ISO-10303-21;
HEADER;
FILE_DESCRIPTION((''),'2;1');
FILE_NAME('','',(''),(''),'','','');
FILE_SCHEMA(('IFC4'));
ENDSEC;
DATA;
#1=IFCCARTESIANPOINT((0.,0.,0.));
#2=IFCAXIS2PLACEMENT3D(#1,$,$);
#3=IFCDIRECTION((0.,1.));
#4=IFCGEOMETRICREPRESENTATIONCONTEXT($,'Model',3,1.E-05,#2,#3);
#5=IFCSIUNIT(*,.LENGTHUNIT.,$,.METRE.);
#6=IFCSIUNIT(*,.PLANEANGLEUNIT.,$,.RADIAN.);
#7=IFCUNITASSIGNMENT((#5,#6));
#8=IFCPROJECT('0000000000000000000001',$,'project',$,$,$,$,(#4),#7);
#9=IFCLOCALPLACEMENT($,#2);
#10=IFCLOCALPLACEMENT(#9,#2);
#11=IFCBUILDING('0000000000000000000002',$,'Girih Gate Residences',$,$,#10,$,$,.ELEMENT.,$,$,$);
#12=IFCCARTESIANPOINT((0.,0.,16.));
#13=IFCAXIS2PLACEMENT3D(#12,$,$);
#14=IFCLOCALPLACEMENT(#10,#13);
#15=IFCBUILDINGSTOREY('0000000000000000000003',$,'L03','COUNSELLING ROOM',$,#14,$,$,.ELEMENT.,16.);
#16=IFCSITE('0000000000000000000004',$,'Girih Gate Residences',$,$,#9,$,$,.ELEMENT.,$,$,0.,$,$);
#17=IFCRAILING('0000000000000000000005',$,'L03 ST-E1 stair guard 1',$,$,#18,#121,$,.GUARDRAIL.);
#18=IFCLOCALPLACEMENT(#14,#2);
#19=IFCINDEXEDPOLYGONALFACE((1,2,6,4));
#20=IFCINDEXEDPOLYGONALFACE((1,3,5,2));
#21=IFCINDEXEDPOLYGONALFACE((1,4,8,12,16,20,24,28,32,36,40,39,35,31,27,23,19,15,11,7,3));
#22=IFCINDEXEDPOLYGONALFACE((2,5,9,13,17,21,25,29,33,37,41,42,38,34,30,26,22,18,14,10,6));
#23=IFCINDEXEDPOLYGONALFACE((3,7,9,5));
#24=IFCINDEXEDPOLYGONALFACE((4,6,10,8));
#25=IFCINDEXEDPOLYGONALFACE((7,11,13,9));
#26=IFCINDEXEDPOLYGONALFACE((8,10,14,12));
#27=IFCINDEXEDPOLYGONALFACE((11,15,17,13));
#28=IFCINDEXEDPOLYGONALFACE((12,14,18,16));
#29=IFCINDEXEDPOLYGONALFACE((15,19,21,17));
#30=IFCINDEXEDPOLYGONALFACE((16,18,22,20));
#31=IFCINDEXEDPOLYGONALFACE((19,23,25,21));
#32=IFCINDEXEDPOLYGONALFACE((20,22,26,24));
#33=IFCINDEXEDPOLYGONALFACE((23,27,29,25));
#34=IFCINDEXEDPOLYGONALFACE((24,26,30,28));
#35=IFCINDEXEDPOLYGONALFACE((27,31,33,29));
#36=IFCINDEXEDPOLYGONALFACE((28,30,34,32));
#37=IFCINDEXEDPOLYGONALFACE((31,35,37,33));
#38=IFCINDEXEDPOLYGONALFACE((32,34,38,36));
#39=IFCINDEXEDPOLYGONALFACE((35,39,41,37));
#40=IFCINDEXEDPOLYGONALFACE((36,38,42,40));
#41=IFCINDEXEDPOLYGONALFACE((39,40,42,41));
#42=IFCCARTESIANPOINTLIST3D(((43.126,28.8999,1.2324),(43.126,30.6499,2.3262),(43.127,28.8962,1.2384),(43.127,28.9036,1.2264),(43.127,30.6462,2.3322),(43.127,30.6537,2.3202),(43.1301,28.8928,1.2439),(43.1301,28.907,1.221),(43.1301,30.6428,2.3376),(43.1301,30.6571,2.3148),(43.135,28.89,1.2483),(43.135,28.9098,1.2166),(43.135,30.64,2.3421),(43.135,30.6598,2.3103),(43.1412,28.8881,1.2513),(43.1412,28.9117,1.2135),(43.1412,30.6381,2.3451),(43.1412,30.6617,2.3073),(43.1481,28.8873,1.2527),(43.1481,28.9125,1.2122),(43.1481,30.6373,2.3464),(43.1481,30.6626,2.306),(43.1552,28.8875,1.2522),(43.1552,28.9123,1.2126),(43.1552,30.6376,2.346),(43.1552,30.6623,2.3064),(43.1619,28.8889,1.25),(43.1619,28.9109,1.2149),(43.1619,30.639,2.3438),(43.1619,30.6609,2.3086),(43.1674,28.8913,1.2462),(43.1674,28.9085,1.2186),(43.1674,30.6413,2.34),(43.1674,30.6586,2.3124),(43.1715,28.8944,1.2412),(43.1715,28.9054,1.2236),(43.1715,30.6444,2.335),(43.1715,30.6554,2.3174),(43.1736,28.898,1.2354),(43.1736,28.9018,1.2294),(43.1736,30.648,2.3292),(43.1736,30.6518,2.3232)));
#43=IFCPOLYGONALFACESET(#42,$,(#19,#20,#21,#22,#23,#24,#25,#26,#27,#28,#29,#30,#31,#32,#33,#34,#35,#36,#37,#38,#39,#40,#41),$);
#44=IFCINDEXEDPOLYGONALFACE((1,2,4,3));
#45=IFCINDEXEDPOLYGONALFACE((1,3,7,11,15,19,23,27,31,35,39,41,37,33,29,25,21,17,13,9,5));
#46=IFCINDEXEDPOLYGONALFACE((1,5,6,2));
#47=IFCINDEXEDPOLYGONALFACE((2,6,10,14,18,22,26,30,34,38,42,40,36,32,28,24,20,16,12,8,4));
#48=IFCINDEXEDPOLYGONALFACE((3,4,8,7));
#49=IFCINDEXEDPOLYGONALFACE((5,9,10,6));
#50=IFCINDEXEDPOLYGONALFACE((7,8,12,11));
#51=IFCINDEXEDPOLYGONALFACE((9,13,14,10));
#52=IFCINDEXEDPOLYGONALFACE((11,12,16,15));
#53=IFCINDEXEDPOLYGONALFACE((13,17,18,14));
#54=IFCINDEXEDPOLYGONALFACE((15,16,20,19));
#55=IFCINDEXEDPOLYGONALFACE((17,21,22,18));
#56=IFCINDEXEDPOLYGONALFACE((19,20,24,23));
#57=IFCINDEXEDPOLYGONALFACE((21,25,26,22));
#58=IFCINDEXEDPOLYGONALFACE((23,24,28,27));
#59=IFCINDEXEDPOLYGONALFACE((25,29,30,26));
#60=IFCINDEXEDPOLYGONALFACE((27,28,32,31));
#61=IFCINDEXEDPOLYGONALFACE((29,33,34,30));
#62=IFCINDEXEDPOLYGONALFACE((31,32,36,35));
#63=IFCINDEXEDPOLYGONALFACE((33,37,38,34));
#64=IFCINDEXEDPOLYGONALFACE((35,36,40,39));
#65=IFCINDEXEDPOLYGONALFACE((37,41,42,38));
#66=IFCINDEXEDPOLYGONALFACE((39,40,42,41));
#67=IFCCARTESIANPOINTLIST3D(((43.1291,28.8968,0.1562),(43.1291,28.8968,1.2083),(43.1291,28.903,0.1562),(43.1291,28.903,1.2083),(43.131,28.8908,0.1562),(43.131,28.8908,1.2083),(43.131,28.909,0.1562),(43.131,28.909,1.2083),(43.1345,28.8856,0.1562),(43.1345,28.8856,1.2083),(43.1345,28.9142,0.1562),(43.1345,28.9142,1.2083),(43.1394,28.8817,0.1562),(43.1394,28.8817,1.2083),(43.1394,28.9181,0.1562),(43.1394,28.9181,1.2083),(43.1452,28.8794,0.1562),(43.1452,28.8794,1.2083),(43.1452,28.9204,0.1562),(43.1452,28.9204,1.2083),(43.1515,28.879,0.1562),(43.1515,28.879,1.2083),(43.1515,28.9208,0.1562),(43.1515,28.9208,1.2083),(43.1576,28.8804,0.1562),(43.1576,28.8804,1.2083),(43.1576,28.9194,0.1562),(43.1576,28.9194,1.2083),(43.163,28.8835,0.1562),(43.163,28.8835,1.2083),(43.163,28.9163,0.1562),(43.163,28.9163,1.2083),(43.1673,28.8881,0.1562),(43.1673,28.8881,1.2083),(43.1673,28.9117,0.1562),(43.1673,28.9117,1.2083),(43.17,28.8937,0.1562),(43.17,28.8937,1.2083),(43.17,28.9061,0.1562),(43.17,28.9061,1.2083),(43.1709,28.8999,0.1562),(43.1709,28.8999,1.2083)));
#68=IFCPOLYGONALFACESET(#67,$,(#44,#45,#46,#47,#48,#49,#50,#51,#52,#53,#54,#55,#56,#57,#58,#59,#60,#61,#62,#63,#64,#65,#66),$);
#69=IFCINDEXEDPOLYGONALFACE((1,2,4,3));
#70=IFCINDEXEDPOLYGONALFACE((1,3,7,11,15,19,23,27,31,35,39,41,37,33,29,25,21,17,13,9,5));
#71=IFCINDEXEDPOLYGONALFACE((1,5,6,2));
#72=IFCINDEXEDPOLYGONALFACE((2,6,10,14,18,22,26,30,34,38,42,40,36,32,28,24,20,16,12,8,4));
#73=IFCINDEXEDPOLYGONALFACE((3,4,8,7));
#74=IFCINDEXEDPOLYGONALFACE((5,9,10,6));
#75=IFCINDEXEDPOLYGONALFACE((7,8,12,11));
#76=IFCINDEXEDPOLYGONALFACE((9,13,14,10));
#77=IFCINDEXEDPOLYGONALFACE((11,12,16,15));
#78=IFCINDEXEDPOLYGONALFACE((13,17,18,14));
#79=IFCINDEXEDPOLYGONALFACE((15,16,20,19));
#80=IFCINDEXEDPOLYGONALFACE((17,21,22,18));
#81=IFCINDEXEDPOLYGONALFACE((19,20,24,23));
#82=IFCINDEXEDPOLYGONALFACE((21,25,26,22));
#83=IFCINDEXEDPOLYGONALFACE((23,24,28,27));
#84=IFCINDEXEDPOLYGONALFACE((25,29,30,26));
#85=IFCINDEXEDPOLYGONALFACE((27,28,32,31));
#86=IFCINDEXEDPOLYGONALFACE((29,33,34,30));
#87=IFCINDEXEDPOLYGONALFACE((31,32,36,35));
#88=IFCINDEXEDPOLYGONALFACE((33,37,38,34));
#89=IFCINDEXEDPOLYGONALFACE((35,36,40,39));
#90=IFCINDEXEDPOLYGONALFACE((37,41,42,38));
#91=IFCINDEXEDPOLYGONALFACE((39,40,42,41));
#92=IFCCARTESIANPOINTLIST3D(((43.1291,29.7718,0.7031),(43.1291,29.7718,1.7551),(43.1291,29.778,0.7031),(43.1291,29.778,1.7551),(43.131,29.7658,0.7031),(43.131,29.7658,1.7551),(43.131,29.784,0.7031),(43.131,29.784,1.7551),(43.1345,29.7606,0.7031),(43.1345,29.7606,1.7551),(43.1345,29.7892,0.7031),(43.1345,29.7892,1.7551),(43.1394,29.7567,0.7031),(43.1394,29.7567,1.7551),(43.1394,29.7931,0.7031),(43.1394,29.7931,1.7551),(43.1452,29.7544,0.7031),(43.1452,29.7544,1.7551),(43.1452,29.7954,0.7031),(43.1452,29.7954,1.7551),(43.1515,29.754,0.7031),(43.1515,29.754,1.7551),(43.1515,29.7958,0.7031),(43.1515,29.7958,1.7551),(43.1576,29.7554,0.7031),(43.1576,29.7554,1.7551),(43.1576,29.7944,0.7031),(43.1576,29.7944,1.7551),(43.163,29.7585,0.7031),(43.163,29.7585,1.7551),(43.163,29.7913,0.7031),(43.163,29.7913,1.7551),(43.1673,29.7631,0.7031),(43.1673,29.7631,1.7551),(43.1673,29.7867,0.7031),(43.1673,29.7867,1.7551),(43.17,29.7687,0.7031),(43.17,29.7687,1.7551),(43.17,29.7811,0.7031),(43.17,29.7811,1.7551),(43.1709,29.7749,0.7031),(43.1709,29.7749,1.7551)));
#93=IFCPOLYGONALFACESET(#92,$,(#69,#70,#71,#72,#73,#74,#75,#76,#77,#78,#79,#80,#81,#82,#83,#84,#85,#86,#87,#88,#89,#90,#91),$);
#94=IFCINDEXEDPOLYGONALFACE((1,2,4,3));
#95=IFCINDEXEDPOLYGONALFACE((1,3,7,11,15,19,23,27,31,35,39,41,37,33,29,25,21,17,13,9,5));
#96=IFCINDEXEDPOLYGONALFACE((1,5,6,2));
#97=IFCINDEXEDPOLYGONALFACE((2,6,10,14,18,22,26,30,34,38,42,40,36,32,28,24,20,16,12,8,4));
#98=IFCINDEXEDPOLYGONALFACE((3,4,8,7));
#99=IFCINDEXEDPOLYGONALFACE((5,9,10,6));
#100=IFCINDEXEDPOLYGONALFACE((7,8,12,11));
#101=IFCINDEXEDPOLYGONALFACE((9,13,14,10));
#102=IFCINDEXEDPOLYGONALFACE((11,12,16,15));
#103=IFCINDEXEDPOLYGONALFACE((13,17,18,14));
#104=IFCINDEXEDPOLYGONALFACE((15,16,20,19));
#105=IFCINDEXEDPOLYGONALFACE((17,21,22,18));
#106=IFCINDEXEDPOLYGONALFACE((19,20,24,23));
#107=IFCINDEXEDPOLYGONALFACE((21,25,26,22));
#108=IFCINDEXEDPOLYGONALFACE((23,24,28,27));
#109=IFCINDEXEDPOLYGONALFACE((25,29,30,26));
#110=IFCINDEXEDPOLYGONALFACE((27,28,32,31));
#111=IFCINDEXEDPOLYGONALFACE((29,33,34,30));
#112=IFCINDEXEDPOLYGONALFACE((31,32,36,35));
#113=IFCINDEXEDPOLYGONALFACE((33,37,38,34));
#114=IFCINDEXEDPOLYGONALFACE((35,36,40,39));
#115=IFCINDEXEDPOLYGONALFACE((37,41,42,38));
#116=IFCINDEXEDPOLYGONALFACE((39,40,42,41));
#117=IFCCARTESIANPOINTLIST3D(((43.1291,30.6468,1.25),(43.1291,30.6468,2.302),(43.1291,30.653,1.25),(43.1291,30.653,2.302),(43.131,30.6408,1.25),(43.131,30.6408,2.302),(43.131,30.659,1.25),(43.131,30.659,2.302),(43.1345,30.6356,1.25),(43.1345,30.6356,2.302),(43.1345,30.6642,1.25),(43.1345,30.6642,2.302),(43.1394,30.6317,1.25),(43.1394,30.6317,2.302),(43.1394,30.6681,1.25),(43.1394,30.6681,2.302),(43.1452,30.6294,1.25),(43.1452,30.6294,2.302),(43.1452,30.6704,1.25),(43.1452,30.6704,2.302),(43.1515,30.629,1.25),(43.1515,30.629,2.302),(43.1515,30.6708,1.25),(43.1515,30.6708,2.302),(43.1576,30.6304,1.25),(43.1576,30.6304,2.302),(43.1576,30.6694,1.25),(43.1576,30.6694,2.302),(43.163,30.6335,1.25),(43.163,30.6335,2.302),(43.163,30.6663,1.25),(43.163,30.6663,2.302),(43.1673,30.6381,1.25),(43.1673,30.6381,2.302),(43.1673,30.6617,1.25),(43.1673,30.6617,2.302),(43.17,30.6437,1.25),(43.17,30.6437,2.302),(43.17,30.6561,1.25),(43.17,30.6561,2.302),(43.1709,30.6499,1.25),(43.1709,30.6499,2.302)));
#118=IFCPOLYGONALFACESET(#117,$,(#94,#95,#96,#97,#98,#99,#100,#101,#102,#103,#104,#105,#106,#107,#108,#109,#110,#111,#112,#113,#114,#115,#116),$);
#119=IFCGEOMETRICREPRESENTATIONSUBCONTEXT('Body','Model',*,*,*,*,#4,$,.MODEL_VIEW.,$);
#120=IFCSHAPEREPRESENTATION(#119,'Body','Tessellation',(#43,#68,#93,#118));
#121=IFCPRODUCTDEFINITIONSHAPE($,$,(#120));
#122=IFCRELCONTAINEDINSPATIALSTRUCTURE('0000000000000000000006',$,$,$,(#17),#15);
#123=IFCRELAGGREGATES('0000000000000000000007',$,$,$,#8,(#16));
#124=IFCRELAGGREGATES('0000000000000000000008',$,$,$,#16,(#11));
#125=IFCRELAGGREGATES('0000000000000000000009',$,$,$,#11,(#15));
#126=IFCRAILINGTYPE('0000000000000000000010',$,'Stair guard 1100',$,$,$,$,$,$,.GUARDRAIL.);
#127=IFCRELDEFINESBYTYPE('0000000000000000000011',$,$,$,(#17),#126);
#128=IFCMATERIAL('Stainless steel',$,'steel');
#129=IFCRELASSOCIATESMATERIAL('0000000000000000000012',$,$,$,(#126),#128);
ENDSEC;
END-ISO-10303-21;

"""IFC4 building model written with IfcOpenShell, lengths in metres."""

from ifc_helpers import new_model, si_unit, direction, frame, origin, origin_2d, place, context, subcontext, project, spatial, circle, extrude, material, type_object, element, save


model = new_model("IFC4")

# Units and contexts
model_context = context("Model", 3, precision=1e-05, world=origin(), true_north=direction((0.0, 1.0)))
body_context = subcontext(model_context, "Body", "Model", "MODEL_VIEW")
ifc_project = project(units=[si_unit("LENGTHUNIT", "METRE"), si_unit("PLANEANGLEUNIT", "RADIAN")], contexts=[model_context])

# Site, building, storey
site_placement = place(None, origin())
site = spatial("IfcSite", under=ifc_project, at=site_placement, Name="Girih Gate Residences", CompositionType="ELEMENT", RefElevation=0.0)
building_placement = place(site_placement, origin())
building = spatial("IfcBuilding", under=site, at=building_placement, Name="Girih Gate Residences", CompositionType="ELEMENT")
storey_placement = place(building_placement, frame((0.0, 0.0, 16.0)))
storey = spatial("IfcBuildingStorey", under=building, at=storey_placement, Name="L03", Description="COUNSELLING ROOM", CompositionType="ELEMENT", Elevation=16.0)

# Railing
ifc_material_1 = material(Name="Stainless steel", Category="steel")
railing_type_1 = type_object("IfcRailingType", Name="Stair guard 1100", PredefinedType="GUARDRAIL", material=ifc_material_1)
railing_1_placement = place(storey_placement, frame((43.1499, 28.8999, 0.1562)))
element("IfcRailing", 1, at=railing_1_placement, inside=storey, type_object=railing_type_1, Name="L03 ST-E1 stair guard 1", PredefinedType="GUARDRAIL", context=body_context, shape_type="SweptSolid", body=[
    extrude(circle(Radius=0.0239, at=origin_2d()), frame((0.0, 0.0, 1.0762), z_axis=(0.0, 0.847998, 0.529999), x_axis=(-1.0, 0.0, 0.0)), (0.0, 0.0, 1.0), 2.0637),
    extrude(circle(Radius=0.021, at=origin_2d()), origin(), (0.0, 0.0, 1.0), 1.052),
    extrude(circle(Radius=0.021, at=origin_2d()), frame((0.0, 0.875, 0.5469)), (0.0, 0.0, 1.0), 1.052),
    extrude(circle(Radius=0.021, at=origin_2d()), frame((0.0, 1.75, 1.0938)), (0.0, 0.0, 1.0), 1.052),
])

save(model, "model.ifc")
